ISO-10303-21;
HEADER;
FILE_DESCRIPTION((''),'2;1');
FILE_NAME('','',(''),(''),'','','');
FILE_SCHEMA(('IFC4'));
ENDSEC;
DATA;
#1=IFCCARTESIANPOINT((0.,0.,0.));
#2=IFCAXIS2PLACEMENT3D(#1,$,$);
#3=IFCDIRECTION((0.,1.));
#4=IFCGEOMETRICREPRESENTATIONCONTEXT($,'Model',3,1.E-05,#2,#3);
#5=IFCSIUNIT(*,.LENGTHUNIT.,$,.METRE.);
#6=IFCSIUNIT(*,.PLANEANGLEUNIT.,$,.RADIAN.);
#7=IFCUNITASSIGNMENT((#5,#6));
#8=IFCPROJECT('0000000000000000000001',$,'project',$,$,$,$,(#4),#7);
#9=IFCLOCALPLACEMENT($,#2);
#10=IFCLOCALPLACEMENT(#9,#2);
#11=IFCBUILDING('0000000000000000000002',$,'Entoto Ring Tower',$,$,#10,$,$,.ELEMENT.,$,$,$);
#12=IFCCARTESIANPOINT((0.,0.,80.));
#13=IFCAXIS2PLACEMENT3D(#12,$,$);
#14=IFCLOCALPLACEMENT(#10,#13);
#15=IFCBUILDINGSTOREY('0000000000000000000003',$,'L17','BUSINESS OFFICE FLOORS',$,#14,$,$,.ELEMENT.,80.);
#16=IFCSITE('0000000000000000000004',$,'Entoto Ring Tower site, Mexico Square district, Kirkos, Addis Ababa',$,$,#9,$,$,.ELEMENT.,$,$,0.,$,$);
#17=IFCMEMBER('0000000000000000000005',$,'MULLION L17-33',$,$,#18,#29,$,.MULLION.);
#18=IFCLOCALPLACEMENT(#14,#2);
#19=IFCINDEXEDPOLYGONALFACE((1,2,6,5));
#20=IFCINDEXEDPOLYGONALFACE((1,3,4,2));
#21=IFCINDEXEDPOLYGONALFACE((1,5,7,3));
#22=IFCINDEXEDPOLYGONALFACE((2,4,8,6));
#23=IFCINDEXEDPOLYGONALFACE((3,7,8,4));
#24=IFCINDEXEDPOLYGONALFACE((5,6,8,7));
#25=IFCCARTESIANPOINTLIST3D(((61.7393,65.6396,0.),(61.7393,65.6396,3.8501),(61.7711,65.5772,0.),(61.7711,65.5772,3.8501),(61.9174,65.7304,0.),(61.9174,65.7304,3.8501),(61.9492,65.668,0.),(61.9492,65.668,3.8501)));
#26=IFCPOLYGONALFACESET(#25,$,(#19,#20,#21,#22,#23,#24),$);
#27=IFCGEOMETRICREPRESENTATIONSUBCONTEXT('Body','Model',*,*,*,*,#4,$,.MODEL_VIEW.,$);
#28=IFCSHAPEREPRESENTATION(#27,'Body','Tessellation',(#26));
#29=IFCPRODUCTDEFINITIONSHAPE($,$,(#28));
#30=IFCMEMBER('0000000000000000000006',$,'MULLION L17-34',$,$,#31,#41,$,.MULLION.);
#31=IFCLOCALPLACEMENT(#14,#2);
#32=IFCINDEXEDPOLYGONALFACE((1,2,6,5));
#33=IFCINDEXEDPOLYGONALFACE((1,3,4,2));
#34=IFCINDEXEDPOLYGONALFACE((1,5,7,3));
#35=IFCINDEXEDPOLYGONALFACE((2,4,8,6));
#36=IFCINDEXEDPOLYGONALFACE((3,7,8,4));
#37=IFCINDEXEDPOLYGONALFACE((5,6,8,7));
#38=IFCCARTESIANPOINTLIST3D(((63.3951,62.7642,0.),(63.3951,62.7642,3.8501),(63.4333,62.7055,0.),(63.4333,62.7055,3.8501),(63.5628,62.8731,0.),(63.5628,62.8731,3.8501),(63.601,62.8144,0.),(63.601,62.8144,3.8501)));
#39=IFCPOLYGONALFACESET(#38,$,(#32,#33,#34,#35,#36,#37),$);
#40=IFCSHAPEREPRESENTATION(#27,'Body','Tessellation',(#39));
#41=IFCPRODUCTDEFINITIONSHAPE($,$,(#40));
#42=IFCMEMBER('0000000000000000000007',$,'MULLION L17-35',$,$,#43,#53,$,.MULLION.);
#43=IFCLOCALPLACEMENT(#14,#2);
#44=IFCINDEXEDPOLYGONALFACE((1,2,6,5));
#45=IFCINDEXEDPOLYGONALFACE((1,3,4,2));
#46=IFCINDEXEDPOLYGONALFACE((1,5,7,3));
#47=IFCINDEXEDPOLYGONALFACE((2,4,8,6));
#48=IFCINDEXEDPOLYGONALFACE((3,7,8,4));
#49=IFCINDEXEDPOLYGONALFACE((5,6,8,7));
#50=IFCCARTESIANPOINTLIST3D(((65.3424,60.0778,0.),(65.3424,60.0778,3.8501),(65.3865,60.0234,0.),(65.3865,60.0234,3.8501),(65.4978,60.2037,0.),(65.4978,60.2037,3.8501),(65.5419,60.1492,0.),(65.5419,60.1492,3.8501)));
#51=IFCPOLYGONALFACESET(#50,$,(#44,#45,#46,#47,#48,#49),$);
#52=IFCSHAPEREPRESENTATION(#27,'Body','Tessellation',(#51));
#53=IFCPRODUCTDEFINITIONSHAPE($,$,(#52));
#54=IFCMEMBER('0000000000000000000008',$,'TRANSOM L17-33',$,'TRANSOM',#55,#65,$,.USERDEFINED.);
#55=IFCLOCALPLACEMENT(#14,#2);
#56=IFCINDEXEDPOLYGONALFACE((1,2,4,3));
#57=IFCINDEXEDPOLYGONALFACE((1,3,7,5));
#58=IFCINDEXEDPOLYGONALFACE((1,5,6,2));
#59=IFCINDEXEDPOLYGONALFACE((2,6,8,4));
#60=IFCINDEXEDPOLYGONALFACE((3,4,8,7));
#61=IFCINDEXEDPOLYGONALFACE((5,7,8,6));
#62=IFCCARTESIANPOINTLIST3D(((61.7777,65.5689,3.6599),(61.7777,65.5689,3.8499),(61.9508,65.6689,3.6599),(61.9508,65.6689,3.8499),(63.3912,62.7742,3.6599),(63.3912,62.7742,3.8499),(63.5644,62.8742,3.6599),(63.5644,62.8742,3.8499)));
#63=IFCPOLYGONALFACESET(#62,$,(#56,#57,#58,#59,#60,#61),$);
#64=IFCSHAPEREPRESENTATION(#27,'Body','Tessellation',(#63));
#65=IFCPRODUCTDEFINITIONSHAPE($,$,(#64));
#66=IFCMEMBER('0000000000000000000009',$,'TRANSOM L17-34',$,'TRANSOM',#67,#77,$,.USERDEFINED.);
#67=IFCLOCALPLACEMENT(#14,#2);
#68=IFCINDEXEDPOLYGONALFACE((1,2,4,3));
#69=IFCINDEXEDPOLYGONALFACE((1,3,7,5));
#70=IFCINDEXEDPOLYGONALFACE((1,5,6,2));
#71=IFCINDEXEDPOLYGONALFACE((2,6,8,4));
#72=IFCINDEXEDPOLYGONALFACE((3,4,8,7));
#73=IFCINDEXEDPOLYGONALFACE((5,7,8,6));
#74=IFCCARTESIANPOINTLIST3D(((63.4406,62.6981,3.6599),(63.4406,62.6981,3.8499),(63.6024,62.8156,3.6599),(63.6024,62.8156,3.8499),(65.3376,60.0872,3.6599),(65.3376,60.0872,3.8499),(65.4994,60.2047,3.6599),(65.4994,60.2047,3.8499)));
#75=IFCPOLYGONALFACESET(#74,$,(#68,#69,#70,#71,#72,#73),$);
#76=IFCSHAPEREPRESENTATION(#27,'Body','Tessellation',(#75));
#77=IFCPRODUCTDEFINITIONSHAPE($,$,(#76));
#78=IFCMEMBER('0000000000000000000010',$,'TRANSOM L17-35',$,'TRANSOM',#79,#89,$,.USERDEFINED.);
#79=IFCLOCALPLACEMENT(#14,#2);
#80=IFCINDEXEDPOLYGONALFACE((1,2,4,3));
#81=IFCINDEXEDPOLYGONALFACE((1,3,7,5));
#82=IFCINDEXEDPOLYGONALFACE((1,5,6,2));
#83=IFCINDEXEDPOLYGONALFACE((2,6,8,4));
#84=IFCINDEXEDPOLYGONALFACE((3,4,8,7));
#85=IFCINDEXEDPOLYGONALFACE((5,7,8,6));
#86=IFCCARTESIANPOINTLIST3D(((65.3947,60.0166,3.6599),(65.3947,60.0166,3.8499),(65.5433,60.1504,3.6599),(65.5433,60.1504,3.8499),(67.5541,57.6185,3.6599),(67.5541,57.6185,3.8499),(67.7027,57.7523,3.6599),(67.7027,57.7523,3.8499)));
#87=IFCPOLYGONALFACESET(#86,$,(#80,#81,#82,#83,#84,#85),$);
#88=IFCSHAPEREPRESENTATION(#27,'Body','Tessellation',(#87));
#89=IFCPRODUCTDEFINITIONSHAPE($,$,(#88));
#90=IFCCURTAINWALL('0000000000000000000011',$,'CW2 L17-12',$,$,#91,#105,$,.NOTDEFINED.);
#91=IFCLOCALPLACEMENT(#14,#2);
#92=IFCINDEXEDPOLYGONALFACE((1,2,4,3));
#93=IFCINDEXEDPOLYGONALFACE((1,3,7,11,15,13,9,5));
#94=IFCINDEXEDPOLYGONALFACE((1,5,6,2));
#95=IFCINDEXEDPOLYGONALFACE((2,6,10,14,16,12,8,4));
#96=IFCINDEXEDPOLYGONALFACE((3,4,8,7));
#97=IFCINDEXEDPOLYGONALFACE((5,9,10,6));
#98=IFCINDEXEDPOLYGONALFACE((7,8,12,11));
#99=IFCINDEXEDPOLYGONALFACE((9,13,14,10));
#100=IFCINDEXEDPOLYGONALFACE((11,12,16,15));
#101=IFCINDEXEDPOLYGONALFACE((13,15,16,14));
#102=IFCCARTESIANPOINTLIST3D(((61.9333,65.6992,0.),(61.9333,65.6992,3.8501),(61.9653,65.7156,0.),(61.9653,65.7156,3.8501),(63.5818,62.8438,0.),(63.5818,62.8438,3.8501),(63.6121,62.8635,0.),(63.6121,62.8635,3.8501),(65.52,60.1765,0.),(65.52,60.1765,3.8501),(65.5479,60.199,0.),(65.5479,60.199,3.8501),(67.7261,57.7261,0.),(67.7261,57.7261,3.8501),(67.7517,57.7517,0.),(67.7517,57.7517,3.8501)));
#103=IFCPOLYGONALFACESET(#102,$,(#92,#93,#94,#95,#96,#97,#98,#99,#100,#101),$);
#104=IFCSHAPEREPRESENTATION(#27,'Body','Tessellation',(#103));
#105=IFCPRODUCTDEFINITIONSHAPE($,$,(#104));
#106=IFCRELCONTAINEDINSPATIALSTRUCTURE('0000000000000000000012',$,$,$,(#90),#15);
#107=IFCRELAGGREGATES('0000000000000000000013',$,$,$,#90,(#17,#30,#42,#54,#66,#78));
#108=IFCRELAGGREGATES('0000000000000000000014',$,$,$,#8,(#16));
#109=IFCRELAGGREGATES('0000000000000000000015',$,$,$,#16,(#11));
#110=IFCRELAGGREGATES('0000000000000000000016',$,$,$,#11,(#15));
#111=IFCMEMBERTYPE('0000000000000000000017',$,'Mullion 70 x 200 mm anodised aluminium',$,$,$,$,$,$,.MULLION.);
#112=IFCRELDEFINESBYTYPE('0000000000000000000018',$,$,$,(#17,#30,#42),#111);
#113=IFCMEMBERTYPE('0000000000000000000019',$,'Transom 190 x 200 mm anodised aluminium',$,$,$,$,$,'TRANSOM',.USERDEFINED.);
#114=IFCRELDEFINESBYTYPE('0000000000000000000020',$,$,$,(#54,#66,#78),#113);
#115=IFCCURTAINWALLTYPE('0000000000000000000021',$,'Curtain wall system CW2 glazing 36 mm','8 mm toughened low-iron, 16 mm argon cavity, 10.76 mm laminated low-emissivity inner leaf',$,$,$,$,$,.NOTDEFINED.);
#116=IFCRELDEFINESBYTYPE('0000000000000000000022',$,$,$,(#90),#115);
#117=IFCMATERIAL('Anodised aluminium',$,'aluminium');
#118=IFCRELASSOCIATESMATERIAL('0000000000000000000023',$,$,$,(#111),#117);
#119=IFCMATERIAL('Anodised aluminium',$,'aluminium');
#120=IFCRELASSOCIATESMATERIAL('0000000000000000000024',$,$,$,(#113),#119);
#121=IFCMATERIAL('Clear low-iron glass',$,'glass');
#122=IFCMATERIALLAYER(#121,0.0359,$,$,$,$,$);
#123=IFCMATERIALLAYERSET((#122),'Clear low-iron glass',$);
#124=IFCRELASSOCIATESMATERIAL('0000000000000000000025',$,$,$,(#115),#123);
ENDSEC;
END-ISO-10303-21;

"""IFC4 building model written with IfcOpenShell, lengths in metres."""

from ifc_helpers import new_model, si_unit, direction, frame, origin, origin_2d, place, context, subcontext, project, spatial, polyline, rectangle, outline, extrude, material, layer, layer_set, material_profile, profile_set, type_object, element, aggregate, save


model = new_model("IFC4")

# Units and contexts
model_context = context("Model", 3, precision=1e-05, world=origin(), true_north=direction((0.0, 1.0)))
body_context = subcontext(model_context, "Body", "Model", "MODEL_VIEW")
ifc_project = project(units=[si_unit("LENGTHUNIT", "METRE"), si_unit("PLANEANGLEUNIT", "RADIAN")], contexts=[model_context])

# Members
ifc_material_1 = material(Name="Anodised aluminium", Category="aluminium")
ifc_material_profile_1 = material_profile(ifc_material_1, rectangle(XDim=0.0701, YDim=0.2, at=origin_2d()), Name="Mullion 70 x 200 mm anodised aluminium")
ifc_profile_set_1 = profile_set([ifc_material_profile_1], Name="Anodised aluminium")
member_type_1 = type_object("IfcMemberType", Name="Mullion 70 x 200 mm anodised aluminium", PredefinedType="MULLION", material=ifc_profile_set_1)
site_placement = place(None, origin())
building_placement = place(site_placement, origin())
storey_placement = place(building_placement, frame((0.0, 0.0, 80.0)))
member_1_placement = place(storey_placement, frame((61.8442, 65.6538, 0.0), z_axis=(0.0, 0.0, 1.0), x_axis=(0.45399, -0.891007, 0.0)))
member_1 = element("IfcMember", 1, at=member_1_placement, type_object=member_type_1, Name="MULLION L17-33", PredefinedType="MULLION", context=body_context, shape_type="SweptSolid", body=[
    extrude(rectangle(XDim=0.0701, YDim=0.2, at=origin_2d()), origin(), (0.0, 0.0, 1.0), 3.8501),
])
member_2_placement = place(storey_placement, frame((63.498, 62.7893, 0.0), z_axis=(0.0, 0.0, 1.0), x_axis=(0.544639, -0.838671, 0.0)))
member_2 = element("IfcMember", 2, at=member_2_placement, type_object=member_type_1, Name="MULLION L17-34", PredefinedType="MULLION", context=body_context, shape_type="SweptSolid", body=[
    extrude(rectangle(XDim=0.0701, YDim=0.2, at=origin_2d()), origin(), (0.0, 0.0, 1.0), 3.8501),
])
member_3_placement = place(storey_placement, frame((65.4421, 60.1135, 0.0), z_axis=(0.0, 0.0, 1.0), x_axis=(0.62932, -0.777146, 0.0)))
member_3 = element("IfcMember", 3, at=member_3_placement, type_object=member_type_1, Name="MULLION L17-35", PredefinedType="MULLION", context=body_context, shape_type="SweptSolid", body=[
    extrude(rectangle(XDim=0.0701, YDim=0.2, at=origin_2d()), origin(), (0.0, 0.0, 1.0), 3.8501),
])
ifc_material_2 = material(Name="Anodised aluminium", Category="aluminium")
ifc_material_profile_2 = material_profile(ifc_material_2, rectangle(XDim=0.2, YDim=0.1899, at=origin_2d()), Name="Transom 190 x 200 mm anodised aluminium")
ifc_profile_set_2 = profile_set([ifc_material_profile_2], Name="Anodised aluminium")
member_type_2 = type_object("IfcMemberType", Name="Transom 190 x 200 mm anodised aluminium", ElementType="TRANSOM", PredefinedType="USERDEFINED", material=ifc_profile_set_2)
member_4_placement = place(storey_placement, frame((61.8643, 65.6189, 3.7549), z_axis=(0.500004, -0.866023, 0.0), x_axis=(0.866023, 0.500004, 0.0)))
member_4 = element("IfcMember", 4, at=member_4_placement, type_object=member_type_2, Name="TRANSOM L17-33", ObjectType="TRANSOM", PredefinedType="USERDEFINED", context=body_context, shape_type="SweptSolid", body=[
    extrude(rectangle(XDim=0.2, YDim=0.1899, at=origin_2d()), origin(), (0.0, 0.0, 1.0), 3.2271),
])
member_5_placement = place(storey_placement, frame((63.5215, 62.7568, 3.7549), z_axis=(0.587803, -0.809004, 0.0), x_axis=(0.809004, 0.587803, 0.0)))
member_5 = element("IfcMember", 5, at=member_5_placement, type_object=member_type_2, Name="TRANSOM L17-34", ObjectType="TRANSOM", PredefinedType="USERDEFINED", context=body_context, shape_type="SweptSolid", body=[
    extrude(rectangle(XDim=0.2, YDim=0.1899, at=origin_2d()), origin(), (0.0, 0.0, 1.0), 3.2273),
])
member_6_placement = place(storey_placement, frame((65.469, 60.0835, 3.7549), z_axis=(0.669144, -0.743132, 0.0), x_axis=(0.743132, 0.669144, 0.0)))
member_6 = element("IfcMember", 6, at=member_6_placement, type_object=member_type_2, Name="TRANSOM L17-35", ObjectType="TRANSOM", PredefinedType="USERDEFINED", context=body_context, shape_type="SweptSolid", body=[
    extrude(rectangle(XDim=0.2, YDim=0.1899, at=origin_2d()), origin(), (0.0, 0.0, 1.0), 3.2271),
])

# Site, building, storey
site = spatial("IfcSite", under=ifc_project, at=site_placement, Name="Entoto Ring Tower site, Mexico Square district, Kirkos, Addis Ababa", CompositionType="ELEMENT", RefElevation=0.0)
building = spatial("IfcBuilding", under=site, at=building_placement, Name="Entoto Ring Tower", CompositionType="ELEMENT")
storey = spatial("IfcBuildingStorey", under=building, at=storey_placement, Name="L17", Description="BUSINESS OFFICE FLOORS", CompositionType="ELEMENT", Elevation=80.0)

# Curtain wall
ifc_material_3 = material(Name="Clear low-iron glass", Category="glass")
ifc_layer = layer(ifc_material_3, 0.0359)
ifc_layer_set = layer_set([ifc_layer], Name="Clear low-iron glass")
curtain_wall_type = type_object("IfcCurtainWallType", Name="Curtain wall system CW2 glazing 36 mm", Description="8 mm toughened low-iron, 16 mm argon cavity, 10.76 mm laminated low-emissivity inner leaf", PredefinedType="NOTDEFINED", material=ifc_layer_set)
curtain_wall_1_placement = place(storey_placement, origin())
curtain_wall_1 = element("IfcCurtainWall", 7, at=curtain_wall_1_placement, inside=storey, type_object=curtain_wall_type, Name="CW2 L17-12", PredefinedType="NOTDEFINED", context=body_context, shape_type="SweptSolid", body=[
    extrude(outline(polyline([(61.9333, 65.6992), (63.5818, 62.8438), (65.52, 60.1765), (67.7261, 57.7261), (67.7517, 57.7517), (65.5479, 60.199), (63.6121, 62.8635), (61.9653, 65.7156), (61.9333, 65.6992)])), origin(), (0.0, 0.0, 1.0), 3.8501),
])
aggregate(curtain_wall_1, [member_1, member_2, member_3, member_4, member_5, member_6])

save(model, "model.ifc")
